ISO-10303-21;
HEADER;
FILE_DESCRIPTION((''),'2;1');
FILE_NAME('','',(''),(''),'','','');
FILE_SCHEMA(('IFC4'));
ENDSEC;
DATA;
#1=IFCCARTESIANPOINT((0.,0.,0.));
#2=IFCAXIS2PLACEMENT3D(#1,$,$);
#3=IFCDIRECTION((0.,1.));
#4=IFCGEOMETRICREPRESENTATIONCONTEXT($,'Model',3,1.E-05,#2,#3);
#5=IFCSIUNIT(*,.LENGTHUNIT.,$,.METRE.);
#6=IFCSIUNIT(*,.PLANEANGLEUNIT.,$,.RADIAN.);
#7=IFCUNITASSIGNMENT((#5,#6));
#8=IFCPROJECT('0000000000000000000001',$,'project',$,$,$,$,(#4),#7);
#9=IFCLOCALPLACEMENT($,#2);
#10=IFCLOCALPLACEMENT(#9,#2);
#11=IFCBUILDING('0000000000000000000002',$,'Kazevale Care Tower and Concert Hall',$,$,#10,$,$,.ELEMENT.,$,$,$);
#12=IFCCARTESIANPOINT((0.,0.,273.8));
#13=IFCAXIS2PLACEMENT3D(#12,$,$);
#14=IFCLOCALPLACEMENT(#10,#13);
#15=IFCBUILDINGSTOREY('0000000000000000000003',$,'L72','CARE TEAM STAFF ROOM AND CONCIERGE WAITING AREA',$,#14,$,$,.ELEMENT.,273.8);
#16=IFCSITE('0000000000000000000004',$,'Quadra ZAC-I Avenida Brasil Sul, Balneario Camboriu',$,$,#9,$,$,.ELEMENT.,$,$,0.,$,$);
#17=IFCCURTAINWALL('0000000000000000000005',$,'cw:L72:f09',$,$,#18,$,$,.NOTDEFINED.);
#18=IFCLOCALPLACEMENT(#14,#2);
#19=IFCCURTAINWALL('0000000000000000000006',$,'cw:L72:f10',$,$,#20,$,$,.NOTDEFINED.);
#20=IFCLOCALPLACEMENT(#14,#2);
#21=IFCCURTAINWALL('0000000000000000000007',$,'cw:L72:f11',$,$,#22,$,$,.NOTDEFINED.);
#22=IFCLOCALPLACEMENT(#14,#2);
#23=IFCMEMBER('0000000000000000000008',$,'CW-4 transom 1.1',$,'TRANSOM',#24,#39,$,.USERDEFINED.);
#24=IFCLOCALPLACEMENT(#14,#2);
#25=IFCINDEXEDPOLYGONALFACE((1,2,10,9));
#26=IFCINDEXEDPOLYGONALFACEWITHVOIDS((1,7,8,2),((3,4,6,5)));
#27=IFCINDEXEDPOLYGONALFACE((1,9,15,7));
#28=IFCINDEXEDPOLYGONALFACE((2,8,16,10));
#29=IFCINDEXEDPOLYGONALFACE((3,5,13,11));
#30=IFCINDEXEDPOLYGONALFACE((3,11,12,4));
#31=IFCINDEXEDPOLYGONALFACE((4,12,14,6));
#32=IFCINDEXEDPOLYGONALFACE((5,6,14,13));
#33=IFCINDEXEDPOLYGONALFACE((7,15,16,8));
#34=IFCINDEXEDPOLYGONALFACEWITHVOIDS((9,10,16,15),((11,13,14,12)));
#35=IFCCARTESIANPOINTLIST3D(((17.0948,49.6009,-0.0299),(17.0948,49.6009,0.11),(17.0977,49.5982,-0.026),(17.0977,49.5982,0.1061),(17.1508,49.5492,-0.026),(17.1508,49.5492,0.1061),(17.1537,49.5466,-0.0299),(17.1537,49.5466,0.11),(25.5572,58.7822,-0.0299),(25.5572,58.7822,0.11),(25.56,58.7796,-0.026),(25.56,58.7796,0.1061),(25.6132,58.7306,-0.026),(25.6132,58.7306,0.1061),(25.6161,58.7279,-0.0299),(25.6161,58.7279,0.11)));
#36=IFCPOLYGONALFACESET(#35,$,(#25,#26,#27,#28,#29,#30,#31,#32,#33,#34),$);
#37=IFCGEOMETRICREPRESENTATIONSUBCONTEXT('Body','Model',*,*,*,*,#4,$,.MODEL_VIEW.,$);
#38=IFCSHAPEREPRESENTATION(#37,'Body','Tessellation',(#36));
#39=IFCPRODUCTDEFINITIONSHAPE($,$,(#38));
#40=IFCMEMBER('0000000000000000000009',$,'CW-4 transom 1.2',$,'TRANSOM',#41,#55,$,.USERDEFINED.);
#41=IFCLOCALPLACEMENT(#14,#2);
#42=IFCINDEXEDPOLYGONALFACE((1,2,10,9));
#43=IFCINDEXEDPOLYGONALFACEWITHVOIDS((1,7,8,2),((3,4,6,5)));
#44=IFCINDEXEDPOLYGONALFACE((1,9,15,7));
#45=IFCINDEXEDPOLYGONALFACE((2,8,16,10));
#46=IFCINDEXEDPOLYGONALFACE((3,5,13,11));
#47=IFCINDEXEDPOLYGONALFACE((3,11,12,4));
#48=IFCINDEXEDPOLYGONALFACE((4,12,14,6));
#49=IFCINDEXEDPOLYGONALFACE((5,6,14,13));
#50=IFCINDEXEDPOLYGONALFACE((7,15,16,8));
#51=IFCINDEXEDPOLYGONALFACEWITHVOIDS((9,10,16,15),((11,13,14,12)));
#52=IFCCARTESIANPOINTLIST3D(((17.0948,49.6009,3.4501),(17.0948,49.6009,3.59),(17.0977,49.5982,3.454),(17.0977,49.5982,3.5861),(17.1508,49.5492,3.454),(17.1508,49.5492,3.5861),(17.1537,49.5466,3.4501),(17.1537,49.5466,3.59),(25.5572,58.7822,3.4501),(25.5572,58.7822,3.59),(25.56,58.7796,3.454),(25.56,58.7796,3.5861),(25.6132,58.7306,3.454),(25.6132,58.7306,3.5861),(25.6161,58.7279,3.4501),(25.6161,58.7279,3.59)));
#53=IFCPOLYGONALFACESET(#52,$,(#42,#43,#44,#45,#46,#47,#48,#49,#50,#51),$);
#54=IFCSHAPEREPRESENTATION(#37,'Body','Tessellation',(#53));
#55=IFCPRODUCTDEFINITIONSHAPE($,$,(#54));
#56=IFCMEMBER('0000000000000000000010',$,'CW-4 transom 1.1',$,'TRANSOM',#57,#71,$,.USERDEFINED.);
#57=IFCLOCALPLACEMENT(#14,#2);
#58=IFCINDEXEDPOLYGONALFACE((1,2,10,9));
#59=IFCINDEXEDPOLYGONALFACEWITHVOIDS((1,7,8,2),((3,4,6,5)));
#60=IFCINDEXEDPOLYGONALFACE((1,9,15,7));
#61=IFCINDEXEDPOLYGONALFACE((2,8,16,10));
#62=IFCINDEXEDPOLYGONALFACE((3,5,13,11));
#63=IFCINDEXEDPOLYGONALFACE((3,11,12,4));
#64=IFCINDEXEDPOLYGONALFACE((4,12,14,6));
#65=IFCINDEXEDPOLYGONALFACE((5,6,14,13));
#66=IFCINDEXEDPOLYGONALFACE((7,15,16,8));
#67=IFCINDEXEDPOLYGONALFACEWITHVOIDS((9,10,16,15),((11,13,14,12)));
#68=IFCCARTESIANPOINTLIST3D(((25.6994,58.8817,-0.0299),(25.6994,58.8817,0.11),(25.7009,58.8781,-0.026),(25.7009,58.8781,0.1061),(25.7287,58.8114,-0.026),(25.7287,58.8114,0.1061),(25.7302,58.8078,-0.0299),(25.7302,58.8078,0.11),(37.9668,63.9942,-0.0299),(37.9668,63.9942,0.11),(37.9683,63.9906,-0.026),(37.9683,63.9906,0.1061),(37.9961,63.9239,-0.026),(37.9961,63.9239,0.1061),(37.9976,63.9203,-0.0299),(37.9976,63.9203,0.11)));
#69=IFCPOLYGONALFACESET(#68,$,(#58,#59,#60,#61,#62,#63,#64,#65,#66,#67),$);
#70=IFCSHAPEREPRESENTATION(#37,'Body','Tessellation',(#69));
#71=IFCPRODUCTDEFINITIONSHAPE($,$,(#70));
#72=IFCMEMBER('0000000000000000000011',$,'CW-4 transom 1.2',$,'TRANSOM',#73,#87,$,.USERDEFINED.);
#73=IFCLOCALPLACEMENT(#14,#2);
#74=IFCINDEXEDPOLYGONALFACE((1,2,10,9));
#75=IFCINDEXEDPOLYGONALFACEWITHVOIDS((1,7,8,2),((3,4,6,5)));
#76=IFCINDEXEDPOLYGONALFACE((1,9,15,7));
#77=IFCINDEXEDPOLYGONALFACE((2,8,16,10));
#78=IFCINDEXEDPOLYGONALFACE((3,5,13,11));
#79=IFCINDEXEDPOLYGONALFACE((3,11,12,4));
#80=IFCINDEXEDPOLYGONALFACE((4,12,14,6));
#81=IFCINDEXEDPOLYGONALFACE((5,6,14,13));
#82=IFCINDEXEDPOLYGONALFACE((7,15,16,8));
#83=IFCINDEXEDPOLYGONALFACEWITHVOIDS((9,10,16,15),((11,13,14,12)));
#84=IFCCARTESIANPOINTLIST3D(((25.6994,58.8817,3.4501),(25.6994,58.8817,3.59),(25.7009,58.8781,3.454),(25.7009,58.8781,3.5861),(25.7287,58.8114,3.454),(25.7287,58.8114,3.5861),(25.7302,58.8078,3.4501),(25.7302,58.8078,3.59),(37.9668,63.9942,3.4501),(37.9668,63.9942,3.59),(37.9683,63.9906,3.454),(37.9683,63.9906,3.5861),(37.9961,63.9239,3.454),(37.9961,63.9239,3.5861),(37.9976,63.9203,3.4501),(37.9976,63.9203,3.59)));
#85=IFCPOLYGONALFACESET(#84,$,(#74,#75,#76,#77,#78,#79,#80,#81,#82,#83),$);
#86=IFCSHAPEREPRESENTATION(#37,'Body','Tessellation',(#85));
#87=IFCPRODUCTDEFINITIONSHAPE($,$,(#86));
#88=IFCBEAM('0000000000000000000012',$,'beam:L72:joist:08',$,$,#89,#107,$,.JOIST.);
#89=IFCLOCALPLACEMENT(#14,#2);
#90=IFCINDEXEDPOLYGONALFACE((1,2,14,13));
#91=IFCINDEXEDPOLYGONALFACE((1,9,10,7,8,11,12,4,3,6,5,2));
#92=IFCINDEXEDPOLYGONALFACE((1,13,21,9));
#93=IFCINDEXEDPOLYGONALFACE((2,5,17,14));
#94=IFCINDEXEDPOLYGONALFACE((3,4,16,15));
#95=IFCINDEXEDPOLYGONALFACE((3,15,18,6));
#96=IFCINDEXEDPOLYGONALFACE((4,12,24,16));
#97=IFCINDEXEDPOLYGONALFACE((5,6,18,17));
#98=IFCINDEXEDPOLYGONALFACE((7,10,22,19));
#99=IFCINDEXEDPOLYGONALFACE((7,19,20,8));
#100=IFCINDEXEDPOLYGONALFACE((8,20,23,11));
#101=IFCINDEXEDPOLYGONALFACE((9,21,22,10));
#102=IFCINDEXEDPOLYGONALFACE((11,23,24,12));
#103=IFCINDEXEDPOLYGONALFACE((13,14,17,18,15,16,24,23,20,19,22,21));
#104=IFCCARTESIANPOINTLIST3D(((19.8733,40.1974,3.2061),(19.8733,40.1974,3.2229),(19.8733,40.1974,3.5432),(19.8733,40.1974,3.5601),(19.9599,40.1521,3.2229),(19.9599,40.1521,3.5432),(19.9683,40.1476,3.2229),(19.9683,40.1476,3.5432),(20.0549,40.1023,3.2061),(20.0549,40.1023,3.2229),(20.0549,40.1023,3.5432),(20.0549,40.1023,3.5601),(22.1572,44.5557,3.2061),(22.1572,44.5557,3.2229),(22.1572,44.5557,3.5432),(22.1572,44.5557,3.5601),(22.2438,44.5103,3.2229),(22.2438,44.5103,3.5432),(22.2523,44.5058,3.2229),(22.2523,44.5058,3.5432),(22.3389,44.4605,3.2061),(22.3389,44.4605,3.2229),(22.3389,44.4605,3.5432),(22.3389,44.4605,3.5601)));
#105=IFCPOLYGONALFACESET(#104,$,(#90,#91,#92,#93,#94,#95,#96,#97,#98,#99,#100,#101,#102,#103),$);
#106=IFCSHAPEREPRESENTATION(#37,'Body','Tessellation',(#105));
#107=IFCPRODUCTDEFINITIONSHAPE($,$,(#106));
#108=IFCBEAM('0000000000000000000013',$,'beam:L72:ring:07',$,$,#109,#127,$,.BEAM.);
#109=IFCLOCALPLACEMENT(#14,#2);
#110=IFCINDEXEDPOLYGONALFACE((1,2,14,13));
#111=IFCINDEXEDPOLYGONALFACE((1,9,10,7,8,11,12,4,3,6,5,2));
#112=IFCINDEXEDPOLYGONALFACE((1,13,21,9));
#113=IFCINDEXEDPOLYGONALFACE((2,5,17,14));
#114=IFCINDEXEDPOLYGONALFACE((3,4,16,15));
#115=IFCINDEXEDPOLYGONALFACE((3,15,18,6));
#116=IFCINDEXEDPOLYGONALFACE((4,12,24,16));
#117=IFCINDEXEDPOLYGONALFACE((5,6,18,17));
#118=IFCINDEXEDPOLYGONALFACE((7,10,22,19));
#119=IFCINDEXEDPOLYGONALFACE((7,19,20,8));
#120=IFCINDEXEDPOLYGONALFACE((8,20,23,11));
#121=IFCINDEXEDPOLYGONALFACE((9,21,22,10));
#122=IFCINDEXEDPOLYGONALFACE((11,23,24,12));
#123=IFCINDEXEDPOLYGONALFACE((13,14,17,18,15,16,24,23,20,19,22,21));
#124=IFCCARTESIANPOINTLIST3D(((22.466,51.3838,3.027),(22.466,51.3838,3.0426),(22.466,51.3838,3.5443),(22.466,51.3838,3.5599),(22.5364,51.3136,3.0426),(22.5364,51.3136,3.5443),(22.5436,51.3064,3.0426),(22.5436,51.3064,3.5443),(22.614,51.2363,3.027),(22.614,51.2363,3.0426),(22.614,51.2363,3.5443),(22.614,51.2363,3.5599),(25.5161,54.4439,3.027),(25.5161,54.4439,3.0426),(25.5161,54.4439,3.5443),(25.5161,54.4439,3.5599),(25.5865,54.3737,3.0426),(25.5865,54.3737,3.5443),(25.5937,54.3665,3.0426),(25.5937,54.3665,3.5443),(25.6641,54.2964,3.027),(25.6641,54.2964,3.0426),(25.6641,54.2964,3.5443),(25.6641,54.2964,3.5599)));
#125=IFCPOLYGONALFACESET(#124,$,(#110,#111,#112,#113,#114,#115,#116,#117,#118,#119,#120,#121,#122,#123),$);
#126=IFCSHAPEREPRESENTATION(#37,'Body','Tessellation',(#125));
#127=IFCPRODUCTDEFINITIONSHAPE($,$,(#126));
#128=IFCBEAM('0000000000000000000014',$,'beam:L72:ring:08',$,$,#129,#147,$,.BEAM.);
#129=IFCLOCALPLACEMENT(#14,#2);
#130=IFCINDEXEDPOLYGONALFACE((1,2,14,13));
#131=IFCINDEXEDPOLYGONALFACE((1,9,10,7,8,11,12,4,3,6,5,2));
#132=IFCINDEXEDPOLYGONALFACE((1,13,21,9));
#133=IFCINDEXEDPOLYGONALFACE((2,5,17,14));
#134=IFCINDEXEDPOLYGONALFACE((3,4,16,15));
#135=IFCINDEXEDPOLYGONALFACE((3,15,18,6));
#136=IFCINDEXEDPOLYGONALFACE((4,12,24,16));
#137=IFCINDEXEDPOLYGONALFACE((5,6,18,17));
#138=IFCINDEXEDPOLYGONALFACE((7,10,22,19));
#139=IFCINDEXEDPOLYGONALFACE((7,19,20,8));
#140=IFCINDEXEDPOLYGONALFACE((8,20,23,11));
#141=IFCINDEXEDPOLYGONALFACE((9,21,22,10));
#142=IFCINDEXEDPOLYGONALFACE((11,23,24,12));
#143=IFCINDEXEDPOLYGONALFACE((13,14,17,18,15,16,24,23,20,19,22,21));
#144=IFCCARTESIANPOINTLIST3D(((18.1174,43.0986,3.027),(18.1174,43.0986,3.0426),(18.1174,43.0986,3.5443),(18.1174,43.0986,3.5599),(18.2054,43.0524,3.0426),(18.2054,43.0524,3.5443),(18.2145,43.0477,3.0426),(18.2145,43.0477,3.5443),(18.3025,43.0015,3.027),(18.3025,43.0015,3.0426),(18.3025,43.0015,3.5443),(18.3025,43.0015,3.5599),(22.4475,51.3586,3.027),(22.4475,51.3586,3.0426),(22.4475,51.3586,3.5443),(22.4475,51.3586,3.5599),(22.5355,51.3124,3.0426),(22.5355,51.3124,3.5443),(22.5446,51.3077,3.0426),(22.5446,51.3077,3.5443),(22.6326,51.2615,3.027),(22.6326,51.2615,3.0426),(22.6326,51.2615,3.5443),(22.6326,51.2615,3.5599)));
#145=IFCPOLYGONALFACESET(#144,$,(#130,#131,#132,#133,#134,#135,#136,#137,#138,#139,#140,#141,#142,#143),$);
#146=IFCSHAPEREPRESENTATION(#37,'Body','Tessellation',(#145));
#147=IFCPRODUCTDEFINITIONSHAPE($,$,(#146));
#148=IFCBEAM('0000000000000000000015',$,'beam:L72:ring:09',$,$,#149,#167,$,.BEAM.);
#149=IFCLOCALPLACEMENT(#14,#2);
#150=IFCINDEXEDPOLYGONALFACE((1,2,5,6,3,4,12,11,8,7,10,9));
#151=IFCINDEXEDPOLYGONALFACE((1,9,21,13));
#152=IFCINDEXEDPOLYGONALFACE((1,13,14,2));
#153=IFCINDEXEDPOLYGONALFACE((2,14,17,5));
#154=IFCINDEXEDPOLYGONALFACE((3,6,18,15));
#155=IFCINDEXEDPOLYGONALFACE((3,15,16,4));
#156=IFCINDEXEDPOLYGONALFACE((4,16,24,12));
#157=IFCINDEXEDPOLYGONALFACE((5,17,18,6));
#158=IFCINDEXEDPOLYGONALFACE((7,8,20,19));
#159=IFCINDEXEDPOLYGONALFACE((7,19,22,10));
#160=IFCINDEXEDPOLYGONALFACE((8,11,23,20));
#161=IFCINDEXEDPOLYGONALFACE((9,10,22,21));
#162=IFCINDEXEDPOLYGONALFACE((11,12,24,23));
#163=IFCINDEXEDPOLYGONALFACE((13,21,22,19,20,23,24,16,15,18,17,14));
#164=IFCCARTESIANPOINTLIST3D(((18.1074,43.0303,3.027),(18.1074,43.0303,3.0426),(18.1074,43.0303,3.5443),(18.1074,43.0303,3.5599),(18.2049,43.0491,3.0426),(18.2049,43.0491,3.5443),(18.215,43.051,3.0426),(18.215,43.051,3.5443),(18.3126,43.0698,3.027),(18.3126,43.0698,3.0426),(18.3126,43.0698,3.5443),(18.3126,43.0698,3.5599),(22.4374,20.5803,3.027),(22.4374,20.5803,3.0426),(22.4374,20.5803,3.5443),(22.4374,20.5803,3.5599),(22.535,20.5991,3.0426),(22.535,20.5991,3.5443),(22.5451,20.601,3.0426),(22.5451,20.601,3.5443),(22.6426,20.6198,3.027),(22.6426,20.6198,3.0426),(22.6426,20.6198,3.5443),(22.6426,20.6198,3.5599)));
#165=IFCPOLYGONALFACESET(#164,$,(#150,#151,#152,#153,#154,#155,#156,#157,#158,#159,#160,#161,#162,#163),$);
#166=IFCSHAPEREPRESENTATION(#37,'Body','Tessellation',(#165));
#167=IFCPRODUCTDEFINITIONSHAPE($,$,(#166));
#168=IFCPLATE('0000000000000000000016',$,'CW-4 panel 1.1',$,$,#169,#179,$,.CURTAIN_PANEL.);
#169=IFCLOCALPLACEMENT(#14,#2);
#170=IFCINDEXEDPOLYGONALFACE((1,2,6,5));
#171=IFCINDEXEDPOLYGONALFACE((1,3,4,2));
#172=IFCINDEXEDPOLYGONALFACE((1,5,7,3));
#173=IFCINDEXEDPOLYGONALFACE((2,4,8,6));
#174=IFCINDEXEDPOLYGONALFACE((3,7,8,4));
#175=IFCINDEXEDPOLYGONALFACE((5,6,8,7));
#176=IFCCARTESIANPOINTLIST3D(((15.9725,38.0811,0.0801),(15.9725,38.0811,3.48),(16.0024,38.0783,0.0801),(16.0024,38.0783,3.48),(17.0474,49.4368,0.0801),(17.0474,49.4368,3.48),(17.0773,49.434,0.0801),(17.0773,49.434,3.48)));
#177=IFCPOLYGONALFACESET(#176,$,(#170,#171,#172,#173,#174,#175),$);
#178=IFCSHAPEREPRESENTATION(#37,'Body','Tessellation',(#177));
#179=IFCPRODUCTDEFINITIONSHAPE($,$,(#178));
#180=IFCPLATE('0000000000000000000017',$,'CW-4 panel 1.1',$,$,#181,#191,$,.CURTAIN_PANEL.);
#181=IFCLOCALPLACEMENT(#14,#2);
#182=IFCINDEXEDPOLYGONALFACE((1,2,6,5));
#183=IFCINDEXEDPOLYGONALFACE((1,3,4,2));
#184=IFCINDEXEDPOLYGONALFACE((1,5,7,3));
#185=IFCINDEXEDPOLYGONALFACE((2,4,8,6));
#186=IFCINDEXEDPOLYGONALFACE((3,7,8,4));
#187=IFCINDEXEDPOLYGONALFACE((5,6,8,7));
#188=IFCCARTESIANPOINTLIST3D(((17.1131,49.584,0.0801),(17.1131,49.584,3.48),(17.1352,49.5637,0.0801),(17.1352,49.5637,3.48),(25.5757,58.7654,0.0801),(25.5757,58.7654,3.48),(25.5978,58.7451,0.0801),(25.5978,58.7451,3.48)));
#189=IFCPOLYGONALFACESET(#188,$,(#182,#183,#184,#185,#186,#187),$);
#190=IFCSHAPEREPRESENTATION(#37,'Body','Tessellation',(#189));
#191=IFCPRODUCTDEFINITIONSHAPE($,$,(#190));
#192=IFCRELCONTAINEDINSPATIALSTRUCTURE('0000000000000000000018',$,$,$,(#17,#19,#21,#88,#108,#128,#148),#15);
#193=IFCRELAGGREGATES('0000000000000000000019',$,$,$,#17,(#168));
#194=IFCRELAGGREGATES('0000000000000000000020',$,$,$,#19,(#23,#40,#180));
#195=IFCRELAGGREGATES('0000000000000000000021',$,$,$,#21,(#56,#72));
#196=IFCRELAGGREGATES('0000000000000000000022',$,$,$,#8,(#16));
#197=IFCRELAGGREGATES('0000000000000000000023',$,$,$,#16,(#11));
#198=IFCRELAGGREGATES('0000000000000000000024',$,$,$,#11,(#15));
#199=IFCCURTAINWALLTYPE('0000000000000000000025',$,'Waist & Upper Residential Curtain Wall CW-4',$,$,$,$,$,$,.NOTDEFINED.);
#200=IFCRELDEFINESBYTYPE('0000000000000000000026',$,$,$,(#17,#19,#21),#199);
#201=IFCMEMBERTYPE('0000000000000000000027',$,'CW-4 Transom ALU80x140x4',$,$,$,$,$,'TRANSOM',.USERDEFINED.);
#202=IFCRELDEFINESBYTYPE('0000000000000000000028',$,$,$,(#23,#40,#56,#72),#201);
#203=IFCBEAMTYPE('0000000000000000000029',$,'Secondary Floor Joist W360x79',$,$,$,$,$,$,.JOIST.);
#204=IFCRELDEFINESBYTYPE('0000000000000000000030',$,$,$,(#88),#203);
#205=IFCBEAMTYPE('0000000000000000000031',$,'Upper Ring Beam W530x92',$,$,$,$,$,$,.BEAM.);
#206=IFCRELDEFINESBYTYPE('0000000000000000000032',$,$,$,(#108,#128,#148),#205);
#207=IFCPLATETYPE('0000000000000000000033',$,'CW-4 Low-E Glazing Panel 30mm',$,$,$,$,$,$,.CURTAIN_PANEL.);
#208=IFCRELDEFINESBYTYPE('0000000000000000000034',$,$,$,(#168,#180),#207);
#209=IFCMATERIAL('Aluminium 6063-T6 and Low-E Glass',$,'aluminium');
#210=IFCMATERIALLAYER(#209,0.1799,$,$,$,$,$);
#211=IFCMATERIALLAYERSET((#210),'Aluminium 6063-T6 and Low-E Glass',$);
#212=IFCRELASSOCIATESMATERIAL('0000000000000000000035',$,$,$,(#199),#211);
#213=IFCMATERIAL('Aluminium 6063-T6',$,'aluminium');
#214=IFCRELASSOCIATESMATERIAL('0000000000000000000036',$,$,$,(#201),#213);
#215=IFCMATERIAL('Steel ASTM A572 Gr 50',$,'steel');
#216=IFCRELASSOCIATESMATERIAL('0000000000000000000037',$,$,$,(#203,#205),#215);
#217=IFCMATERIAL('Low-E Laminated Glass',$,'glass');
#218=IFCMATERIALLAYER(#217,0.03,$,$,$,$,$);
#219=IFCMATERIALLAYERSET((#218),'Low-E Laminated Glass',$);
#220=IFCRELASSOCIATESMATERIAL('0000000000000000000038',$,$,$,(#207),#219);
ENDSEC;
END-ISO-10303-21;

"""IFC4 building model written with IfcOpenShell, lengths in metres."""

from ifc_helpers import new_model, si_unit, direction, frame, origin, origin_2d, place, context, subcontext, project, spatial, rectangle, hollow_rectangle, i_section, extrude, material, layer, layer_set, material_profile, profile_set, type_object, element, aggregate, save


model = new_model("IFC4")

# Units and contexts
model_context = context("Model", 3, precision=1e-05, world=origin(), true_north=direction((0.0, 1.0)))
body_context = subcontext(model_context, "Body", "Model", "MODEL_VIEW")
ifc_project = project(units=[si_unit("LENGTHUNIT", "METRE"), si_unit("PLANEANGLEUNIT", "RADIAN")], contexts=[model_context])

# Site, building, storey
site_placement = place(None, origin())
site = spatial("IfcSite", under=ifc_project, at=site_placement, Name="Quadra ZAC-I Avenida Brasil Sul, Balneario Camboriu", CompositionType="ELEMENT", RefElevation=0.0)
building_placement = place(site_placement, origin())
building = spatial("IfcBuilding", under=site, at=building_placement, Name="Kazevale Care Tower and Concert Hall", CompositionType="ELEMENT")
storey_placement = place(building_placement, frame((0.0, 0.0, 273.8)))
storey = spatial("IfcBuildingStorey", under=building, at=storey_placement, Name="L72", Description="CARE TEAM STAFF ROOM AND CONCIERGE WAITING AREA", CompositionType="ELEMENT", Elevation=273.8)

# Curtain wall
ifc_material_1 = material(Name="Aluminium 6063-T6 and Low-E Glass", Category="aluminium")
ifc_layer_1 = layer(ifc_material_1, 0.1799)
ifc_layer_set_1 = layer_set([ifc_layer_1], Name="Aluminium 6063-T6 and Low-E Glass")
curtain_wall_type = type_object("IfcCurtainWallType", Name="Waist & Upper Residential Curtain Wall CW-4", PredefinedType="NOTDEFINED", material=ifc_layer_set_1)
curtain_wall_1_placement = place(storey_placement, origin())
curtain_wall_1 = element("IfcCurtainWall", 1, at=curtain_wall_1_placement, inside=storey, type_object=curtain_wall_type, Name="cw:L72:f09", PredefinedType="NOTDEFINED")
ifc_material_2 = material(Name="Aluminium 6063-T6", Category="aluminium")

# Curtain wall
curtain_wall_2_placement = place(storey_placement, origin())
curtain_wall_2 = element("IfcCurtainWall", 2, at=curtain_wall_2_placement, inside=storey, type_object=curtain_wall_type, Name="cw:L72:f10", PredefinedType="NOTDEFINED")

# Curtain wall
curtain_wall_3_placement = place(storey_placement, origin())
curtain_wall_3 = element("IfcCurtainWall", 3, at=curtain_wall_3_placement, inside=storey, type_object=curtain_wall_type, Name="cw:L72:f11", PredefinedType="NOTDEFINED")

# Members
ifc_material_profile_1 = material_profile(ifc_material_2, hollow_rectangle(XDim=0.0801, YDim=0.1399, WallThickness=0.0039, at=origin_2d()), Name="ALU80x140x4")
ifc_profile_set_1 = profile_set([ifc_material_profile_1], Name="Aluminium 6063-T6")
member_type_1 = type_object("IfcMemberType", Name="CW-4 Transom ALU80x140x4", ElementType="TRANSOM", PredefinedType="USERDEFINED", material=ifc_profile_set_1)
member_1_placement = place(storey_placement, frame((17.1243, 49.5737, 0.04), z_axis=(0.677729, 0.735311, 0.0), x_axis=(-0.735311, 0.677729, 0.0)))
member_1 = element("IfcMember", 4, at=member_1_placement, type_object=member_type_1, Name="CW-4 transom 1.1", ObjectType="TRANSOM", PredefinedType="USERDEFINED", context=body_context, shape_type="SweptSolid", body=[
    extrude(hollow_rectangle(XDim=0.0801, YDim=0.1399, WallThickness=0.0039, at=origin_2d()), origin(), (0.0, 0.0, 1.0), 12.4863),
])
member_2_placement = place(storey_placement, frame((17.1243, 49.5737, 3.52), z_axis=(0.677729, 0.735311, 0.0), x_axis=(-0.735311, 0.677729, 0.0)))
member_2 = element("IfcMember", 5, at=member_2_placement, type_object=member_type_1, Name="CW-4 transom 1.2", ObjectType="TRANSOM", PredefinedType="USERDEFINED", context=body_context, shape_type="SweptSolid", body=[
    extrude(hollow_rectangle(XDim=0.0801, YDim=0.1399, WallThickness=0.0039, at=origin_2d()), origin(), (0.0, 0.0, 1.0), 12.4863),
])
member_3_placement = place(storey_placement, frame((25.7148, 58.8447, 0.04), z_axis=(0.923046, 0.38469, 0.0), x_axis=(-0.38469, 0.923046, 0.0)))
member_3 = element("IfcMember", 6, at=member_3_placement, type_object=member_type_1, Name="CW-4 transom 1.1", ObjectType="TRANSOM", PredefinedType="USERDEFINED", context=body_context, shape_type="SweptSolid", body=[
    extrude(hollow_rectangle(XDim=0.0801, YDim=0.1399, WallThickness=0.0039, at=origin_2d()), origin(), (0.0, 0.0, 1.0), 13.29),
])
member_4_placement = place(storey_placement, frame((25.7148, 58.8447, 3.52), z_axis=(0.923046, 0.38469, 0.0), x_axis=(-0.38469, 0.923046, 0.0)))
member_4 = element("IfcMember", 7, at=member_4_placement, type_object=member_type_1, Name="CW-4 transom 1.2", ObjectType="TRANSOM", PredefinedType="USERDEFINED", context=body_context, shape_type="SweptSolid", body=[
    extrude(hollow_rectangle(XDim=0.0801, YDim=0.1399, WallThickness=0.0039, at=origin_2d()), origin(), (0.0, 0.0, 1.0), 13.29),
])

# Beams
ifc_material_3 = material(Name="Steel ASTM A572 Gr 50", Category="steel")
ifc_material_profile_2 = material_profile(ifc_material_3, i_section(OverallWidth=0.2051, OverallDepth=0.354, WebThickness=0.0095, FlangeThickness=0.0168, at=origin_2d()), Name="W360x79")
ifc_profile_set_2 = profile_set([ifc_material_profile_2], Name="Steel ASTM A572 Gr 50")
beam_type_1 = type_object("IfcBeamType", Name="Secondary Floor Joist W360x79", PredefinedType="JOIST", material=ifc_profile_set_2)
beam_1_placement = place(storey_placement, frame((22.248, 44.5081, 3.3831), z_axis=(-0.464181, -0.88574, 0.0), x_axis=(0.88574, -0.464181, 0.0)))
element("IfcBeam", 8, at=beam_1_placement, inside=storey, type_object=beam_type_1, Name="beam:L72:joist:08", PredefinedType="JOIST", context=body_context, shape_type="SweptSolid", body=[
    extrude(i_section(OverallWidth=0.2051, OverallDepth=0.354, WebThickness=0.0095, FlangeThickness=0.0168, at=origin_2d()), origin(), (0.0, 0.0, 1.0), 4.9204),
])
ifc_material_profile_3 = material_profile(ifc_material_3, i_section(OverallWidth=0.209, OverallDepth=0.533, WebThickness=0.0103, FlangeThickness=0.0156, at=origin_2d()), Name="W530x92")
ifc_profile_set_3 = profile_set([ifc_material_profile_3], Name="Steel ASTM A572 Gr 50")
beam_type_2 = type_object("IfcBeamType", Name="Upper Ring Beam W530x92", PredefinedType="BEAM", material=ifc_profile_set_3)
beam_2_placement = place(storey_placement, frame((25.5901, 54.3701, 3.2935), z_axis=(-0.705947, -0.708264, 0.0), x_axis=(0.708264, -0.705947, 0.0)))
element("IfcBeam", 9, at=beam_2_placement, inside=storey, type_object=beam_type_2, Name="beam:L72:ring:07", PredefinedType="BEAM", context=body_context, shape_type="SweptSolid", body=[
    extrude(i_section(OverallWidth=0.209, OverallDepth=0.533, WebThickness=0.0103, FlangeThickness=0.0156, at=origin_2d()), origin(), (0.0, 0.0, 1.0), 4.3206),
])
beam_3_placement = place(storey_placement, frame((22.54, 51.3101, 3.2935), z_axis=(-0.464294, -0.885681, 0.0), x_axis=(0.885681, -0.464294, 0.0)))
element("IfcBeam", 10, at=beam_3_placement, inside=storey, type_object=beam_type_2, Name="beam:L72:ring:08", PredefinedType="BEAM", context=body_context, shape_type="SweptSolid", body=[
    extrude(i_section(OverallWidth=0.209, OverallDepth=0.533, WebThickness=0.0103, FlangeThickness=0.0156, at=origin_2d()), origin(), (0.0, 0.0, 1.0), 9.3262),
])
beam_4_placement = place(storey_placement, frame((18.21, 43.05, 3.2935), z_axis=(0.189386, -0.981903, 0.0), x_axis=(0.981903, 0.189386, 0.0)))
element("IfcBeam", 11, at=beam_4_placement, inside=storey, type_object=beam_type_2, Name="beam:L72:ring:09", PredefinedType="BEAM", context=body_context, shape_type="SweptSolid", body=[
    extrude(i_section(OverallWidth=0.209, OverallDepth=0.533, WebThickness=0.0103, FlangeThickness=0.0156, at=origin_2d()), origin(), (0.0, 0.0, 1.0), 22.8638),
])

# Plates
ifc_material_4 = material(Name="Low-E Laminated Glass", Category="glass")
ifc_layer_2 = layer(ifc_material_4, 0.03)
ifc_layer_set_2 = layer_set([ifc_layer_2], Name="Low-E Laminated Glass")
plate_type = type_object("IfcPlateType", Name="CW-4 Low-E Glazing Panel 30mm", PredefinedType="CURTAIN_PANEL", material=ifc_layer_set_2)
plate_1_placement = place(storey_placement, frame((16.5249, 43.7576, 0.0801), z_axis=(0.0, 0.0, 1.0), x_axis=(0.094238, 0.99555, 0.0)))
plate_1 = element("IfcPlate", 12, at=plate_1_placement, type_object=plate_type, Name="CW-4 panel 1.1", PredefinedType="CURTAIN_PANEL", context=body_context, shape_type="SweptSolid", body=[
    extrude(rectangle(XDim=11.4065, YDim=0.03, at=origin_2d()), origin(), (0.0, 0.0, 1.0), 3.3999),
])
aggregate(curtain_wall_1, [plate_1])
plate_2_placement = place(storey_placement, frame((21.3555, 54.1646, 0.0801), z_axis=(0.0, 0.0, 1.0), x_axis=(0.677738, 0.735303, 0.0)))
plate_2 = element("IfcPlate", 13, at=plate_2_placement, type_object=plate_type, Name="CW-4 panel 1.1", PredefinedType="CURTAIN_PANEL", context=body_context, shape_type="SweptSolid", body=[
    extrude(rectangle(XDim=12.4866, YDim=0.03, at=origin_2d()), origin(), (0.0, 0.0, 1.0), 3.3999),
])
aggregate(curtain_wall_2, [member_1, member_2, plate_2])
aggregate(curtain_wall_3, [member_3, member_4])

save(model, "model.ifc")
